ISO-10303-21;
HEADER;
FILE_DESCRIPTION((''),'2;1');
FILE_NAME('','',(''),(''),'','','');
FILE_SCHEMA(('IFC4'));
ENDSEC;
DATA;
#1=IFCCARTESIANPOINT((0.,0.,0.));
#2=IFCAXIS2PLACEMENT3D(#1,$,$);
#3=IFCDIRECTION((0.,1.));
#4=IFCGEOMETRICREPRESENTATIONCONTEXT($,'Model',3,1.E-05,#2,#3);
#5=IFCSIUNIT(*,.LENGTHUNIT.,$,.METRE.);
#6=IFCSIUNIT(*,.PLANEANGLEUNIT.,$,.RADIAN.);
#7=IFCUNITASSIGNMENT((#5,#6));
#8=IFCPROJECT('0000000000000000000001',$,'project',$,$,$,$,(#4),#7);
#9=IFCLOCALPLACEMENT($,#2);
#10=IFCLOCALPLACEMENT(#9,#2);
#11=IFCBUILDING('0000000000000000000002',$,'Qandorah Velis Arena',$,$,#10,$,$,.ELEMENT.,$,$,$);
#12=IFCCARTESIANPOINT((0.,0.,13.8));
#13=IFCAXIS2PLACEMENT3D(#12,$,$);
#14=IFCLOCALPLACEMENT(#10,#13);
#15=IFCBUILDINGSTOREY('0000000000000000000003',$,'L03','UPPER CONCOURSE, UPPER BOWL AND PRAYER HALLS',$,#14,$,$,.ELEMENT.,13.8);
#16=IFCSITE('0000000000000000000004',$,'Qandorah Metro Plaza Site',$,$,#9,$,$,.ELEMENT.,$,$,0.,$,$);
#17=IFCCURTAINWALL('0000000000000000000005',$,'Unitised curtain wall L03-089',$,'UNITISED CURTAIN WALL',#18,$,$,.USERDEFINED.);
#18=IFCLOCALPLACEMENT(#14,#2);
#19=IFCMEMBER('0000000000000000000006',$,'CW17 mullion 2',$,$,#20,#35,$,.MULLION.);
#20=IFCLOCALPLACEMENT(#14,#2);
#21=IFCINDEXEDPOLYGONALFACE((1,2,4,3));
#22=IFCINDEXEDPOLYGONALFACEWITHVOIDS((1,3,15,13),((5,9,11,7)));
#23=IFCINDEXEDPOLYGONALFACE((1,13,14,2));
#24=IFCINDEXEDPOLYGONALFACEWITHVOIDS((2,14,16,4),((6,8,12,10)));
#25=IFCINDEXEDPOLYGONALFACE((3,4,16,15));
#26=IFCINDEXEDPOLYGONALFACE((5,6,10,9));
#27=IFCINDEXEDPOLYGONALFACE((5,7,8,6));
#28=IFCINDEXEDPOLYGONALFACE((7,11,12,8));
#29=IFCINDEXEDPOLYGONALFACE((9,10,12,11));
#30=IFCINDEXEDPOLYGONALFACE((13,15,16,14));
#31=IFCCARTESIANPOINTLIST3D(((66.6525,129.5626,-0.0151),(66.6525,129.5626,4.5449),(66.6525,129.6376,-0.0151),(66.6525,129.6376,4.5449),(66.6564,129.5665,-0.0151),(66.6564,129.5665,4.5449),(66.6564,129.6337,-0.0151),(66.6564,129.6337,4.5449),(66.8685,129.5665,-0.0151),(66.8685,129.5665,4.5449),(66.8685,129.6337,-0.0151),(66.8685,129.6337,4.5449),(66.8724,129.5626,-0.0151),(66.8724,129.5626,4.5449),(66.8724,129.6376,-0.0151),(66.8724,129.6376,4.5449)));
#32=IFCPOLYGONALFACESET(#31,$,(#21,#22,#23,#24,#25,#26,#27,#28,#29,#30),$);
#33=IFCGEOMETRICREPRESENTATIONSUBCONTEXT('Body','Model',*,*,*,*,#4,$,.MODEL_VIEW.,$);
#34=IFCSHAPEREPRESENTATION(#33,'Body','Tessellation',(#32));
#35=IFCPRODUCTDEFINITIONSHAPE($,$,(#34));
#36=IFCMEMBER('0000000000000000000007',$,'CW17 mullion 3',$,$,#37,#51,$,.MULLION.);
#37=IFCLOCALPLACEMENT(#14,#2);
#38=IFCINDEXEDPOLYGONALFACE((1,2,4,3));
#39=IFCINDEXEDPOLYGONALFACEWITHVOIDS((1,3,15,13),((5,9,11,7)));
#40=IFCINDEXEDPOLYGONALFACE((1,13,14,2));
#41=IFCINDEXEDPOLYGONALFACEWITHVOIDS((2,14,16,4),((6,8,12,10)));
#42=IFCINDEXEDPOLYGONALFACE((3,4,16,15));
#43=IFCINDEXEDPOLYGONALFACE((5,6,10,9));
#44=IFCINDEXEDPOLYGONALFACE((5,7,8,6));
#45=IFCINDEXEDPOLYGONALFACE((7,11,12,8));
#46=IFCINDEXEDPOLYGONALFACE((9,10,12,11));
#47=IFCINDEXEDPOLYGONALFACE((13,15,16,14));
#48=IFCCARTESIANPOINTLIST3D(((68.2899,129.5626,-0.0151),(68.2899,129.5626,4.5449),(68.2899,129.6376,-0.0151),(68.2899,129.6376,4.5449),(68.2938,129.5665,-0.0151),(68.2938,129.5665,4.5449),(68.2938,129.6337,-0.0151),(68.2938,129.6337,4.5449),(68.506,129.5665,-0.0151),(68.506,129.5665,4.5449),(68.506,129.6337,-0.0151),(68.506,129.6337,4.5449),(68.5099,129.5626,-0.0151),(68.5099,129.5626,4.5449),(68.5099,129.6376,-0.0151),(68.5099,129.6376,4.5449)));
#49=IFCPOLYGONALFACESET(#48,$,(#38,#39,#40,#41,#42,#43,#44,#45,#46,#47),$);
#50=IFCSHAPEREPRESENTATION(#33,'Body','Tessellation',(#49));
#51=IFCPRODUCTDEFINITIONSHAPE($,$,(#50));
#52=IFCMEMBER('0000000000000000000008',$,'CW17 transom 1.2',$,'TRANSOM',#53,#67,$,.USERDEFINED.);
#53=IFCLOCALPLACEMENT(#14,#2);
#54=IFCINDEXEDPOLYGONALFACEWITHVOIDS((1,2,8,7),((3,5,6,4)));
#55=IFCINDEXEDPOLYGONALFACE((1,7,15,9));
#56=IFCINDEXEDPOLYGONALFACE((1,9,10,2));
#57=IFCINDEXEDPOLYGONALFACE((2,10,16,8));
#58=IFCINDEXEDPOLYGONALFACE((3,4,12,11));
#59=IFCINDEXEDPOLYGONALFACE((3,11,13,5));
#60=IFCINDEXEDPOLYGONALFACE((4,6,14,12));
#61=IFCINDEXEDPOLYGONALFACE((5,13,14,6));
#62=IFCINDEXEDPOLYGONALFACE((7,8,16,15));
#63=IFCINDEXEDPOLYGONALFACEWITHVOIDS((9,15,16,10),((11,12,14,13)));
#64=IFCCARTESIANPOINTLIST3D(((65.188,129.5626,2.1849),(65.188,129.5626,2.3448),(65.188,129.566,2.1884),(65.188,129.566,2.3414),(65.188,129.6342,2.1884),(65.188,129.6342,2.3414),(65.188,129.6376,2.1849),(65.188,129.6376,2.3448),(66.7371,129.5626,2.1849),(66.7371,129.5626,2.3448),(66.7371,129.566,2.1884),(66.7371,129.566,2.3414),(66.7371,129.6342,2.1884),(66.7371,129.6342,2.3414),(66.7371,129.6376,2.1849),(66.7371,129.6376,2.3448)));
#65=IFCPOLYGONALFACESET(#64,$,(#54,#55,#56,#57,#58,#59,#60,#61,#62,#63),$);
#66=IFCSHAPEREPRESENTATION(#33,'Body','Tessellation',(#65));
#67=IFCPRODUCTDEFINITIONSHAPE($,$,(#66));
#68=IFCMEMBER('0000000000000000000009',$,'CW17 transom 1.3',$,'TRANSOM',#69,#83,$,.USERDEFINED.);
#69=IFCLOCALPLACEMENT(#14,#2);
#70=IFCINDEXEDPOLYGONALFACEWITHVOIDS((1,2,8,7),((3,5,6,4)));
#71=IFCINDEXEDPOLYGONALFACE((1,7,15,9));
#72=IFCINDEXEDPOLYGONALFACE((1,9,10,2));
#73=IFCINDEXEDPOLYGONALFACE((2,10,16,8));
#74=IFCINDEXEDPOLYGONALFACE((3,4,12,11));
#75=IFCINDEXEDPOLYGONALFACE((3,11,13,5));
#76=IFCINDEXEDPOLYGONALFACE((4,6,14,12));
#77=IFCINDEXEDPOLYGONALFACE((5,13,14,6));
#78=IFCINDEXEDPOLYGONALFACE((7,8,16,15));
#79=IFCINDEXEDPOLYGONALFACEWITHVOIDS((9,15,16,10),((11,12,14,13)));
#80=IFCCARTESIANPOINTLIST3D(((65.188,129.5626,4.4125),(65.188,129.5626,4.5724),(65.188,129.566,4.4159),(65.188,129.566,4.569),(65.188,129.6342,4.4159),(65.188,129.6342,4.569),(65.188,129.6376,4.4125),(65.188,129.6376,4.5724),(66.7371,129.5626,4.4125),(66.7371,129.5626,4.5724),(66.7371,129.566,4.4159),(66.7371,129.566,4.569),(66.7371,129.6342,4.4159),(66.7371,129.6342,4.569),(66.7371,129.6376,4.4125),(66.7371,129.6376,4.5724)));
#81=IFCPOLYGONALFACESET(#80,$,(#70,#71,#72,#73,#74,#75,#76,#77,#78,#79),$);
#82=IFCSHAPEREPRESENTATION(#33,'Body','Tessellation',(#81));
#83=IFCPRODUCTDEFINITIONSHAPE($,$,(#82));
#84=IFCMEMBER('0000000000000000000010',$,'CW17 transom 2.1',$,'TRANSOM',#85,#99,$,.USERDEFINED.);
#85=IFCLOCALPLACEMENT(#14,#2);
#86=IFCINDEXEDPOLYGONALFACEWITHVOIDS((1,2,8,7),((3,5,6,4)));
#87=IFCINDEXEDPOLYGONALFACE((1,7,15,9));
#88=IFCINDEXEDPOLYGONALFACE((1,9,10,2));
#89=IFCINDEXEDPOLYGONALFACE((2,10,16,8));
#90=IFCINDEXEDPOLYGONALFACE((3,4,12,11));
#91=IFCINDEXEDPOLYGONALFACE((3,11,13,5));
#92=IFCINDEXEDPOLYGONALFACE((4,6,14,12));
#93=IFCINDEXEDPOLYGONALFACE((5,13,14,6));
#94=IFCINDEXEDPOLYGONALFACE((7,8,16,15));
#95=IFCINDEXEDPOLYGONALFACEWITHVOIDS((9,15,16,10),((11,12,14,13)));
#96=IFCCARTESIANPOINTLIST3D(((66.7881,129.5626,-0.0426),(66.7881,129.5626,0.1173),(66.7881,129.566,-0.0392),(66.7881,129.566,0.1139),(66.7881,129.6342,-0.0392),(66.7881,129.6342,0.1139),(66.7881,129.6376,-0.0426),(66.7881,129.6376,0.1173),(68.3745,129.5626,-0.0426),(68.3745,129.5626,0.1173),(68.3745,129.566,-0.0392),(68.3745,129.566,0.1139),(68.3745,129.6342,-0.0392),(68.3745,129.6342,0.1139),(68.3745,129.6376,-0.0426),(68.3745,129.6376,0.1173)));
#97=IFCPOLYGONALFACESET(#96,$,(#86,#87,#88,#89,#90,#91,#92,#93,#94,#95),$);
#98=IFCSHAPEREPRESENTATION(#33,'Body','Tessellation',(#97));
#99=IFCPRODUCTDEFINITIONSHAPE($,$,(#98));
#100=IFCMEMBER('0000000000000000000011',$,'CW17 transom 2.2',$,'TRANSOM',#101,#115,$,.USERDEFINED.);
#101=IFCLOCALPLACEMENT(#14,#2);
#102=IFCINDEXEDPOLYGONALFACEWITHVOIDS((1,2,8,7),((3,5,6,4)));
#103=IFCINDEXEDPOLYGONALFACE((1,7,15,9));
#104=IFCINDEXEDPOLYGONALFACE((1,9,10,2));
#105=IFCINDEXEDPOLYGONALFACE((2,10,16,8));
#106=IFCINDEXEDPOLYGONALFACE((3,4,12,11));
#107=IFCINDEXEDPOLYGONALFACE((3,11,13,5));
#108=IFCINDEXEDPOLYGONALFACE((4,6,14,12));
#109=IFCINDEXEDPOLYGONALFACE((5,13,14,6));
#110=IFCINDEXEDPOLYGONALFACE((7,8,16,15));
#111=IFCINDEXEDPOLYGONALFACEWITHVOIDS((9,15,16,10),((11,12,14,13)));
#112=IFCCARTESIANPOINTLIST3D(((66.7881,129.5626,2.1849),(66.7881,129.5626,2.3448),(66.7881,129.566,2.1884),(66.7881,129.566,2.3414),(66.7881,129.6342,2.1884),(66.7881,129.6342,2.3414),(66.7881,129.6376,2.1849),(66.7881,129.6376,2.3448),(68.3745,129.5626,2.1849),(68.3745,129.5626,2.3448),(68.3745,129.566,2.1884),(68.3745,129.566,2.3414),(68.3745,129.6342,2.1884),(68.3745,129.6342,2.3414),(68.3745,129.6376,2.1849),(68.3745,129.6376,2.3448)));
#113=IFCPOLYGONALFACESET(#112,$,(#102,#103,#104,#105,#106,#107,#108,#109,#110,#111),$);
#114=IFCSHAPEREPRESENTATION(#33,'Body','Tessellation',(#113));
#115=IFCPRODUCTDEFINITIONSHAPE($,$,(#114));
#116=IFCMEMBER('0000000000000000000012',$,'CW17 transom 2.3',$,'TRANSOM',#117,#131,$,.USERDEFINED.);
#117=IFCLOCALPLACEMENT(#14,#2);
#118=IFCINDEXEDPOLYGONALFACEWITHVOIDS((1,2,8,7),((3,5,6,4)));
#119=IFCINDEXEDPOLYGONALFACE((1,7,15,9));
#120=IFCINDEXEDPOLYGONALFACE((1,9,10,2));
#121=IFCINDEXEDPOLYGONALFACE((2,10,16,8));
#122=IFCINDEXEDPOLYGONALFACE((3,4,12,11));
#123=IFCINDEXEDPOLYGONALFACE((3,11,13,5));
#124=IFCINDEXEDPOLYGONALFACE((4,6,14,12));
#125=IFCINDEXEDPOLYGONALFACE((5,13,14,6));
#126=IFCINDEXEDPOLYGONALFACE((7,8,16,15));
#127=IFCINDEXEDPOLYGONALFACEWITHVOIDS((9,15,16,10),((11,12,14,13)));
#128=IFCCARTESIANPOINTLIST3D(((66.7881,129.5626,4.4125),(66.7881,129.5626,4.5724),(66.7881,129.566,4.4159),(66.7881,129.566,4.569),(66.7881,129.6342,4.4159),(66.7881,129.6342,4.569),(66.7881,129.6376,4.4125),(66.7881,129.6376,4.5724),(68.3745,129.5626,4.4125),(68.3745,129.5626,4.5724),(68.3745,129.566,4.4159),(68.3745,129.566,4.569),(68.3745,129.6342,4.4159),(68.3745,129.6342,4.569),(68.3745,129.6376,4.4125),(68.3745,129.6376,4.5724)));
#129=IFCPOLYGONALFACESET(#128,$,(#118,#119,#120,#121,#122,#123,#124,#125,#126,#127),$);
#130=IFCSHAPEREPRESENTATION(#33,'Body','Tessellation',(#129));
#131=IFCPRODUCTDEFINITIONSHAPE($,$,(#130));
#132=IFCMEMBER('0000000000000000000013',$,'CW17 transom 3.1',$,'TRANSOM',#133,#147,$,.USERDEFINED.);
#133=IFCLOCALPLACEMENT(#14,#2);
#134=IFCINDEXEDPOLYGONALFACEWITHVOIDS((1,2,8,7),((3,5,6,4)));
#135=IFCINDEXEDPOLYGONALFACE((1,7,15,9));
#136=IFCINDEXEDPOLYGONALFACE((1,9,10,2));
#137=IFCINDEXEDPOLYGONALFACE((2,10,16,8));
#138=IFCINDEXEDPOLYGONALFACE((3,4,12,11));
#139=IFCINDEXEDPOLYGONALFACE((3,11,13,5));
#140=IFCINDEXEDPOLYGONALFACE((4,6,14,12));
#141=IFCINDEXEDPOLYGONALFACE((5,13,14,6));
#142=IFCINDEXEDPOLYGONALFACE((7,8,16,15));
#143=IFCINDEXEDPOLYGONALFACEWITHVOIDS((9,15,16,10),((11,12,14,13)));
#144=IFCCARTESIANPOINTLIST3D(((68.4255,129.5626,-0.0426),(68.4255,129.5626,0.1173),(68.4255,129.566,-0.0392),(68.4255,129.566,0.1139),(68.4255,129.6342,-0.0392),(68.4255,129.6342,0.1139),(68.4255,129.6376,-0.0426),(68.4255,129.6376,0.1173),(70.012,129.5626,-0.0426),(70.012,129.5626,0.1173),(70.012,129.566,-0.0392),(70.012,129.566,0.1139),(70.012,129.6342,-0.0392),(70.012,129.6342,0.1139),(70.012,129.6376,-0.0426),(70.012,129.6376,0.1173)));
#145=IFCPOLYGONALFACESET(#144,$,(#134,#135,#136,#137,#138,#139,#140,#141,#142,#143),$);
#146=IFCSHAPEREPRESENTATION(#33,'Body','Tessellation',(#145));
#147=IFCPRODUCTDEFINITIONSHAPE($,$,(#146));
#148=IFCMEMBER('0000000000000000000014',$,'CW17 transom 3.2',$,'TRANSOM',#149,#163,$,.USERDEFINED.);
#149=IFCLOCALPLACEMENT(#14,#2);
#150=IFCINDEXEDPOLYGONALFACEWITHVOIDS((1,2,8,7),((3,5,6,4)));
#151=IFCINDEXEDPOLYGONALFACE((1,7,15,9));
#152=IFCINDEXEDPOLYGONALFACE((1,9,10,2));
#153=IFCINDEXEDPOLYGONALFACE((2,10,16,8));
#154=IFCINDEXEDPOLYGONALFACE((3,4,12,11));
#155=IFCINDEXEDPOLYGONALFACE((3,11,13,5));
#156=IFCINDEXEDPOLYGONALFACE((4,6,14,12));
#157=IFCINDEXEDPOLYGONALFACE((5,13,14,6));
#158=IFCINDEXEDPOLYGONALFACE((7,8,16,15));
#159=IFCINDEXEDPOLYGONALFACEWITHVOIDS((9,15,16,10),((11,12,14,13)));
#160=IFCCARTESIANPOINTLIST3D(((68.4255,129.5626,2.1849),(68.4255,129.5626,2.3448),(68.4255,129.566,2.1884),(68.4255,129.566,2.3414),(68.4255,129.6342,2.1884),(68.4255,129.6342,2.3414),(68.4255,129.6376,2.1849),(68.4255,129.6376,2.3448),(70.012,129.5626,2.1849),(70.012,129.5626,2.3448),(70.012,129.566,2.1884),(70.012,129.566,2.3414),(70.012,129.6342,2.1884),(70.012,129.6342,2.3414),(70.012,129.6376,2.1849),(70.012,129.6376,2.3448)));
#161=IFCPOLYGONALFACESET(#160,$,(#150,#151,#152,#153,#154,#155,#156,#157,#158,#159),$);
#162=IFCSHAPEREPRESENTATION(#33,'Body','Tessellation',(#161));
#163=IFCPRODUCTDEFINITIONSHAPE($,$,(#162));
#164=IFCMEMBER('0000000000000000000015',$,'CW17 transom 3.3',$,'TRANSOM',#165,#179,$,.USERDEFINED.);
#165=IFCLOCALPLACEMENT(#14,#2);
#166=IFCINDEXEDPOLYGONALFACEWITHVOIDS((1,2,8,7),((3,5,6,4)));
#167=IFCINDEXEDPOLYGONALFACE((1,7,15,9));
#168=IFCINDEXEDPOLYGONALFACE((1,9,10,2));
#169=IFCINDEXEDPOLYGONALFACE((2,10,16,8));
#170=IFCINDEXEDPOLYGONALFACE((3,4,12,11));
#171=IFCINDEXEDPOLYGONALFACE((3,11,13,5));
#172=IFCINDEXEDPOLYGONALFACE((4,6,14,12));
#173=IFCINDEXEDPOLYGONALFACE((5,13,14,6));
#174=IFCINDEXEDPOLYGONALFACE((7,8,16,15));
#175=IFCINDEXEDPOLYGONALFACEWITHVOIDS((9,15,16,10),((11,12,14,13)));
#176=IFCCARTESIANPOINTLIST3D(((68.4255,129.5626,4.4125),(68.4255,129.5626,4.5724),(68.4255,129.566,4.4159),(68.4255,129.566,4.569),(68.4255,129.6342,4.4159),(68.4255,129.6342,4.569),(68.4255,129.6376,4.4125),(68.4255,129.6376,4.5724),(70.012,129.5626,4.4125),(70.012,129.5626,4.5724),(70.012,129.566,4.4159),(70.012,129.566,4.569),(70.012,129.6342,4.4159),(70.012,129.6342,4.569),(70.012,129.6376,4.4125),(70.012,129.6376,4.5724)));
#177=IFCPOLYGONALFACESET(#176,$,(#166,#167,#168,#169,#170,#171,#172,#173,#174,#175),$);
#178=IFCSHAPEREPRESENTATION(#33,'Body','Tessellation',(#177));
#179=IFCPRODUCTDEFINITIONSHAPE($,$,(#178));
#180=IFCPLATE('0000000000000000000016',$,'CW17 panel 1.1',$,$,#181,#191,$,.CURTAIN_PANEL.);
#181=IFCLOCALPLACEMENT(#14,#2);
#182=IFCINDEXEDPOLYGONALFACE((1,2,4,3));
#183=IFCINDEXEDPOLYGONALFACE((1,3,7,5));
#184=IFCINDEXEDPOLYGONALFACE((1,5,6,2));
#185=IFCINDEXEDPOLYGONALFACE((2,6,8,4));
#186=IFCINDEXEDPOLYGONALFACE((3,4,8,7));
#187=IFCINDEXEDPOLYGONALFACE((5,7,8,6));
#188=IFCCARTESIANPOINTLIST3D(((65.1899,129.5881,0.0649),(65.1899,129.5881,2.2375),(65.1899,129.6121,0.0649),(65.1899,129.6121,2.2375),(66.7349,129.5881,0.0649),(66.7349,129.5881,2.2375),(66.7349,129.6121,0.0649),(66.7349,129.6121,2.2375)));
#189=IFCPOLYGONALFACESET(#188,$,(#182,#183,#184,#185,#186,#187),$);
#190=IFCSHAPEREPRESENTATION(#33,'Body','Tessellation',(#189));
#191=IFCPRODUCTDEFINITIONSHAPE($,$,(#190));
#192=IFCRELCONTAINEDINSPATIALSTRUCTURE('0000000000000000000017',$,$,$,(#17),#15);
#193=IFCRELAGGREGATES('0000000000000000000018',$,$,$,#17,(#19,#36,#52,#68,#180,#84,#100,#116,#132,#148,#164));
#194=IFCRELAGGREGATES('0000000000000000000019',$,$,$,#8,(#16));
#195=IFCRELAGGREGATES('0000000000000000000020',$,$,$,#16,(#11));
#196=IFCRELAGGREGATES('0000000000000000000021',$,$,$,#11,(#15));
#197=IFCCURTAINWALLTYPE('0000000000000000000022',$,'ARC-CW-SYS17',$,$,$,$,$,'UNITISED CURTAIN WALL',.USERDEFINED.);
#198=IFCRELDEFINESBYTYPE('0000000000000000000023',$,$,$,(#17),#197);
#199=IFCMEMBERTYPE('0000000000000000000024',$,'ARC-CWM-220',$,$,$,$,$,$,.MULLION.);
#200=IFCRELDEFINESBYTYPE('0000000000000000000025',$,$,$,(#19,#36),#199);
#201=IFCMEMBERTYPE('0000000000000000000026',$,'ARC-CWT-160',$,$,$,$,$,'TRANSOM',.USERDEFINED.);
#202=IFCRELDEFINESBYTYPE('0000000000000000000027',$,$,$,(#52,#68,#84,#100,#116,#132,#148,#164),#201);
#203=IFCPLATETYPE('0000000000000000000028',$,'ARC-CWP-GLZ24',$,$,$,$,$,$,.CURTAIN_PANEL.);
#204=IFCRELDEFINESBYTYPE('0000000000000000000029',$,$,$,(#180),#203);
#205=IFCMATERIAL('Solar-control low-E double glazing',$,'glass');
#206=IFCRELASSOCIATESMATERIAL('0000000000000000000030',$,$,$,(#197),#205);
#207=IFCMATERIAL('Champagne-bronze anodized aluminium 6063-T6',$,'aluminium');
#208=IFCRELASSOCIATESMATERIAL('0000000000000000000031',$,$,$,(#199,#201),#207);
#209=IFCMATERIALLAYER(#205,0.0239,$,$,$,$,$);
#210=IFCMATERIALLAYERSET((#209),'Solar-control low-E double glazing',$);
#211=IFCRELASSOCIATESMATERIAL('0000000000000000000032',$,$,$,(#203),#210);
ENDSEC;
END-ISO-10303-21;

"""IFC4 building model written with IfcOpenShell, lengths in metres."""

from ifc_helpers import new_model, si_unit, direction, frame, origin, origin_2d, place, context, subcontext, project, spatial, rectangle, hollow_rectangle, extrude, material, layer, layer_set, material_profile, profile_set, type_object, element, aggregate, save


model = new_model("IFC4")

# Units and contexts
model_context = context("Model", 3, precision=1e-05, world=origin(), true_north=direction((0.0, 1.0)))
body_context = subcontext(model_context, "Body", "Model", "MODEL_VIEW")
ifc_project = project(units=[si_unit("LENGTHUNIT", "METRE"), si_unit("PLANEANGLEUNIT", "RADIAN")], contexts=[model_context])

# Site, building, storey
site_placement = place(None, origin())
site = spatial("IfcSite", under=ifc_project, at=site_placement, Name="Qandorah Metro Plaza Site", CompositionType="ELEMENT", RefElevation=0.0)
building_placement = place(site_placement, origin())
building = spatial("IfcBuilding", under=site, at=building_placement, Name="Qandorah Velis Arena", CompositionType="ELEMENT")
storey_placement = place(building_placement, frame((0.0, 0.0, 13.8)))
storey = spatial("IfcBuildingStorey", under=building, at=storey_placement, Name="L03", Description="UPPER CONCOURSE, UPPER BOWL AND PRAYER HALLS", CompositionType="ELEMENT", Elevation=13.8)

# Curtain wall, members, plate
ifc_material_1 = material(Name="Solar-control low-E double glazing", Category="glass")
curtain_wall_type = type_object("IfcCurtainWallType", Name="ARC-CW-SYS17", ElementType="UNITISED CURTAIN WALL", PredefinedType="USERDEFINED", material=ifc_material_1)
curtain_wall_placement = place(storey_placement, origin())
curtain_wall = element("IfcCurtainWall", 1, at=curtain_wall_placement, inside=storey, type_object=curtain_wall_type, Name="Unitised curtain wall L03-089", ObjectType="UNITISED CURTAIN WALL", PredefinedType="USERDEFINED")
ifc_material_2 = material(Name="Champagne-bronze anodized aluminium 6063-T6", Category="aluminium")
ifc_material_profile_1 = material_profile(ifc_material_2, hollow_rectangle(XDim=0.075, YDim=0.22, WallThickness=0.0039, at=origin_2d()), Name="ALU MULLION 75x220")
ifc_profile_set_1 = profile_set([ifc_material_profile_1], Name="Champagne-bronze anodized aluminium 6063-T6")
member_type_1 = type_object("IfcMemberType", Name="ARC-CWM-220", PredefinedType="MULLION", material=ifc_profile_set_1)
member_1_placement = place(storey_placement, frame((66.7625, 129.6001, -0.0151), z_axis=(0.0, 0.0, 1.0), x_axis=(0.0, 1.0, 0.0)))
member_1 = element("IfcMember", 2, at=member_1_placement, type_object=member_type_1, Name="CW17 mullion 2", PredefinedType="MULLION", context=body_context, shape_type="SweptSolid", body=[
    extrude(hollow_rectangle(XDim=0.075, YDim=0.22, WallThickness=0.0039, at=origin_2d()), origin(), (0.0, 0.0, 1.0), 4.5601),
])
member_2_placement = place(storey_placement, frame((68.3999, 129.6001, -0.0151), z_axis=(0.0, 0.0, 1.0), x_axis=(0.0, 1.0, 0.0)))
member_2 = element("IfcMember", 3, at=member_2_placement, type_object=member_type_1, Name="CW17 mullion 3", PredefinedType="MULLION", context=body_context, shape_type="SweptSolid", body=[
    extrude(hollow_rectangle(XDim=0.075, YDim=0.22, WallThickness=0.0039, at=origin_2d()), origin(), (0.0, 0.0, 1.0), 4.5601),
])
ifc_material_profile_2 = material_profile(ifc_material_2, hollow_rectangle(XDim=0.075, YDim=0.1599, WallThickness=0.0034, at=origin_2d()), Name="ALU TRANSOM 75x160")
ifc_profile_set_2 = profile_set([ifc_material_profile_2], Name="Champagne-bronze anodized aluminium 6063-T6")
member_type_2 = type_object("IfcMemberType", Name="ARC-CWT-160", ElementType="TRANSOM", PredefinedType="USERDEFINED", material=ifc_profile_set_2)
member_3_placement = place(storey_placement, frame((65.188, 129.6001, 2.2649), z_axis=(1.0, 0.0, 0.0), x_axis=(0.0, 1.0, 0.0)))
member_3 = element("IfcMember", 4, at=member_3_placement, type_object=member_type_2, Name="CW17 transom 1.2", ObjectType="TRANSOM", PredefinedType="USERDEFINED", context=body_context, shape_type="SweptSolid", body=[
    extrude(hollow_rectangle(XDim=0.075, YDim=0.1599, WallThickness=0.0034, at=origin_2d()), origin(), (0.0, 0.0, 1.0), 1.5491),
])
member_4_placement = place(storey_placement, frame((65.188, 129.6001, 4.4924), z_axis=(1.0, 0.0, 0.0), x_axis=(0.0, 1.0, 0.0)))
member_4 = element("IfcMember", 5, at=member_4_placement, type_object=member_type_2, Name="CW17 transom 1.3", ObjectType="TRANSOM", PredefinedType="USERDEFINED", context=body_context, shape_type="SweptSolid", body=[
    extrude(hollow_rectangle(XDim=0.075, YDim=0.1599, WallThickness=0.0034, at=origin_2d()), origin(), (0.0, 0.0, 1.0), 1.5491),
])
member_5_placement = place(storey_placement, frame((66.7881, 129.6001, 0.0374), z_axis=(1.0, 0.0, 0.0), x_axis=(0.0, 1.0, 0.0)))
member_5 = element("IfcMember", 6, at=member_5_placement, type_object=member_type_2, Name="CW17 transom 2.1", ObjectType="TRANSOM", PredefinedType="USERDEFINED", context=body_context, shape_type="SweptSolid", body=[
    extrude(hollow_rectangle(XDim=0.075, YDim=0.1599, WallThickness=0.0034, at=origin_2d()), origin(), (0.0, 0.0, 1.0), 1.5864),
])
member_6_placement = place(storey_placement, frame((66.7881, 129.6001, 2.2649), z_axis=(1.0, 0.0, 0.0), x_axis=(0.0, 1.0, 0.0)))
member_6 = element("IfcMember", 7, at=member_6_placement, type_object=member_type_2, Name="CW17 transom 2.2", ObjectType="TRANSOM", PredefinedType="USERDEFINED", context=body_context, shape_type="SweptSolid", body=[
    extrude(hollow_rectangle(XDim=0.075, YDim=0.1599, WallThickness=0.0034, at=origin_2d()), origin(), (0.0, 0.0, 1.0), 1.5864),
])
member_7_placement = place(storey_placement, frame((66.7881, 129.6001, 4.4924), z_axis=(1.0, 0.0, 0.0), x_axis=(0.0, 1.0, 0.0)))
member_7 = element("IfcMember", 8, at=member_7_placement, type_object=member_type_2, Name="CW17 transom 2.3", ObjectType="TRANSOM", PredefinedType="USERDEFINED", context=body_context, shape_type="SweptSolid", body=[
    extrude(hollow_rectangle(XDim=0.075, YDim=0.1599, WallThickness=0.0034, at=origin_2d()), origin(), (0.0, 0.0, 1.0), 1.5864),
])
member_8_placement = place(storey_placement, frame((68.4255, 129.6001, 0.0374), z_axis=(1.0, 0.0, 0.0), x_axis=(0.0, 1.0, 0.0)))
member_8 = element("IfcMember", 9, at=member_8_placement, type_object=member_type_2, Name="CW17 transom 3.1", ObjectType="TRANSOM", PredefinedType="USERDEFINED", context=body_context, shape_type="SweptSolid", body=[
    extrude(hollow_rectangle(XDim=0.075, YDim=0.1599, WallThickness=0.0034, at=origin_2d()), origin(), (0.0, 0.0, 1.0), 1.5864),
])
member_9_placement = place(storey_placement, frame((68.4255, 129.6001, 2.2649), z_axis=(1.0, 0.0, 0.0), x_axis=(0.0, 1.0, 0.0)))
member_9 = element("IfcMember", 10, at=member_9_placement, type_object=member_type_2, Name="CW17 transom 3.2", ObjectType="TRANSOM", PredefinedType="USERDEFINED", context=body_context, shape_type="SweptSolid", body=[
    extrude(hollow_rectangle(XDim=0.075, YDim=0.1599, WallThickness=0.0034, at=origin_2d()), origin(), (0.0, 0.0, 1.0), 1.5864),
])
member_10_placement = place(storey_placement, frame((68.4255, 129.6001, 4.4924), z_axis=(1.0, 0.0, 0.0), x_axis=(0.0, 1.0, 0.0)))
member_10 = element("IfcMember", 11, at=member_10_placement, type_object=member_type_2, Name="CW17 transom 3.3", ObjectType="TRANSOM", PredefinedType="USERDEFINED", context=body_context, shape_type="SweptSolid", body=[
    extrude(hollow_rectangle(XDim=0.075, YDim=0.1599, WallThickness=0.0034, at=origin_2d()), origin(), (0.0, 0.0, 1.0), 1.5864),
])
ifc_layer_1 = layer(ifc_material_1, 0.0239)
ifc_layer_set_1 = layer_set([ifc_layer_1], Name="Solar-control low-E double glazing")
plate_type = type_object("IfcPlateType", Name="ARC-CWP-GLZ24", PredefinedType="CURTAIN_PANEL", material=ifc_layer_set_1)
plate_1_placement = place(storey_placement, frame((65.9624, 129.6001, 0.0649), z_axis=(0.0, 0.0, 1.0), x_axis=(1.0, 0.0, 0.0)))
plate_1 = element("IfcPlate", 12, at=plate_1_placement, type_object=plate_type, Name="CW17 panel 1.1", PredefinedType="CURTAIN_PANEL", context=body_context, shape_type="SweptSolid", body=[
    extrude(rectangle(XDim=1.5449, YDim=0.0239, at=origin_2d()), origin(), (0.0, 0.0, 1.0), 2.1726),
])
aggregate(curtain_wall, [member_1, member_2, member_3, member_4, plate_1, member_5, member_6, member_7, member_8, member_9, member_10])

save(model, "model.ifc")
